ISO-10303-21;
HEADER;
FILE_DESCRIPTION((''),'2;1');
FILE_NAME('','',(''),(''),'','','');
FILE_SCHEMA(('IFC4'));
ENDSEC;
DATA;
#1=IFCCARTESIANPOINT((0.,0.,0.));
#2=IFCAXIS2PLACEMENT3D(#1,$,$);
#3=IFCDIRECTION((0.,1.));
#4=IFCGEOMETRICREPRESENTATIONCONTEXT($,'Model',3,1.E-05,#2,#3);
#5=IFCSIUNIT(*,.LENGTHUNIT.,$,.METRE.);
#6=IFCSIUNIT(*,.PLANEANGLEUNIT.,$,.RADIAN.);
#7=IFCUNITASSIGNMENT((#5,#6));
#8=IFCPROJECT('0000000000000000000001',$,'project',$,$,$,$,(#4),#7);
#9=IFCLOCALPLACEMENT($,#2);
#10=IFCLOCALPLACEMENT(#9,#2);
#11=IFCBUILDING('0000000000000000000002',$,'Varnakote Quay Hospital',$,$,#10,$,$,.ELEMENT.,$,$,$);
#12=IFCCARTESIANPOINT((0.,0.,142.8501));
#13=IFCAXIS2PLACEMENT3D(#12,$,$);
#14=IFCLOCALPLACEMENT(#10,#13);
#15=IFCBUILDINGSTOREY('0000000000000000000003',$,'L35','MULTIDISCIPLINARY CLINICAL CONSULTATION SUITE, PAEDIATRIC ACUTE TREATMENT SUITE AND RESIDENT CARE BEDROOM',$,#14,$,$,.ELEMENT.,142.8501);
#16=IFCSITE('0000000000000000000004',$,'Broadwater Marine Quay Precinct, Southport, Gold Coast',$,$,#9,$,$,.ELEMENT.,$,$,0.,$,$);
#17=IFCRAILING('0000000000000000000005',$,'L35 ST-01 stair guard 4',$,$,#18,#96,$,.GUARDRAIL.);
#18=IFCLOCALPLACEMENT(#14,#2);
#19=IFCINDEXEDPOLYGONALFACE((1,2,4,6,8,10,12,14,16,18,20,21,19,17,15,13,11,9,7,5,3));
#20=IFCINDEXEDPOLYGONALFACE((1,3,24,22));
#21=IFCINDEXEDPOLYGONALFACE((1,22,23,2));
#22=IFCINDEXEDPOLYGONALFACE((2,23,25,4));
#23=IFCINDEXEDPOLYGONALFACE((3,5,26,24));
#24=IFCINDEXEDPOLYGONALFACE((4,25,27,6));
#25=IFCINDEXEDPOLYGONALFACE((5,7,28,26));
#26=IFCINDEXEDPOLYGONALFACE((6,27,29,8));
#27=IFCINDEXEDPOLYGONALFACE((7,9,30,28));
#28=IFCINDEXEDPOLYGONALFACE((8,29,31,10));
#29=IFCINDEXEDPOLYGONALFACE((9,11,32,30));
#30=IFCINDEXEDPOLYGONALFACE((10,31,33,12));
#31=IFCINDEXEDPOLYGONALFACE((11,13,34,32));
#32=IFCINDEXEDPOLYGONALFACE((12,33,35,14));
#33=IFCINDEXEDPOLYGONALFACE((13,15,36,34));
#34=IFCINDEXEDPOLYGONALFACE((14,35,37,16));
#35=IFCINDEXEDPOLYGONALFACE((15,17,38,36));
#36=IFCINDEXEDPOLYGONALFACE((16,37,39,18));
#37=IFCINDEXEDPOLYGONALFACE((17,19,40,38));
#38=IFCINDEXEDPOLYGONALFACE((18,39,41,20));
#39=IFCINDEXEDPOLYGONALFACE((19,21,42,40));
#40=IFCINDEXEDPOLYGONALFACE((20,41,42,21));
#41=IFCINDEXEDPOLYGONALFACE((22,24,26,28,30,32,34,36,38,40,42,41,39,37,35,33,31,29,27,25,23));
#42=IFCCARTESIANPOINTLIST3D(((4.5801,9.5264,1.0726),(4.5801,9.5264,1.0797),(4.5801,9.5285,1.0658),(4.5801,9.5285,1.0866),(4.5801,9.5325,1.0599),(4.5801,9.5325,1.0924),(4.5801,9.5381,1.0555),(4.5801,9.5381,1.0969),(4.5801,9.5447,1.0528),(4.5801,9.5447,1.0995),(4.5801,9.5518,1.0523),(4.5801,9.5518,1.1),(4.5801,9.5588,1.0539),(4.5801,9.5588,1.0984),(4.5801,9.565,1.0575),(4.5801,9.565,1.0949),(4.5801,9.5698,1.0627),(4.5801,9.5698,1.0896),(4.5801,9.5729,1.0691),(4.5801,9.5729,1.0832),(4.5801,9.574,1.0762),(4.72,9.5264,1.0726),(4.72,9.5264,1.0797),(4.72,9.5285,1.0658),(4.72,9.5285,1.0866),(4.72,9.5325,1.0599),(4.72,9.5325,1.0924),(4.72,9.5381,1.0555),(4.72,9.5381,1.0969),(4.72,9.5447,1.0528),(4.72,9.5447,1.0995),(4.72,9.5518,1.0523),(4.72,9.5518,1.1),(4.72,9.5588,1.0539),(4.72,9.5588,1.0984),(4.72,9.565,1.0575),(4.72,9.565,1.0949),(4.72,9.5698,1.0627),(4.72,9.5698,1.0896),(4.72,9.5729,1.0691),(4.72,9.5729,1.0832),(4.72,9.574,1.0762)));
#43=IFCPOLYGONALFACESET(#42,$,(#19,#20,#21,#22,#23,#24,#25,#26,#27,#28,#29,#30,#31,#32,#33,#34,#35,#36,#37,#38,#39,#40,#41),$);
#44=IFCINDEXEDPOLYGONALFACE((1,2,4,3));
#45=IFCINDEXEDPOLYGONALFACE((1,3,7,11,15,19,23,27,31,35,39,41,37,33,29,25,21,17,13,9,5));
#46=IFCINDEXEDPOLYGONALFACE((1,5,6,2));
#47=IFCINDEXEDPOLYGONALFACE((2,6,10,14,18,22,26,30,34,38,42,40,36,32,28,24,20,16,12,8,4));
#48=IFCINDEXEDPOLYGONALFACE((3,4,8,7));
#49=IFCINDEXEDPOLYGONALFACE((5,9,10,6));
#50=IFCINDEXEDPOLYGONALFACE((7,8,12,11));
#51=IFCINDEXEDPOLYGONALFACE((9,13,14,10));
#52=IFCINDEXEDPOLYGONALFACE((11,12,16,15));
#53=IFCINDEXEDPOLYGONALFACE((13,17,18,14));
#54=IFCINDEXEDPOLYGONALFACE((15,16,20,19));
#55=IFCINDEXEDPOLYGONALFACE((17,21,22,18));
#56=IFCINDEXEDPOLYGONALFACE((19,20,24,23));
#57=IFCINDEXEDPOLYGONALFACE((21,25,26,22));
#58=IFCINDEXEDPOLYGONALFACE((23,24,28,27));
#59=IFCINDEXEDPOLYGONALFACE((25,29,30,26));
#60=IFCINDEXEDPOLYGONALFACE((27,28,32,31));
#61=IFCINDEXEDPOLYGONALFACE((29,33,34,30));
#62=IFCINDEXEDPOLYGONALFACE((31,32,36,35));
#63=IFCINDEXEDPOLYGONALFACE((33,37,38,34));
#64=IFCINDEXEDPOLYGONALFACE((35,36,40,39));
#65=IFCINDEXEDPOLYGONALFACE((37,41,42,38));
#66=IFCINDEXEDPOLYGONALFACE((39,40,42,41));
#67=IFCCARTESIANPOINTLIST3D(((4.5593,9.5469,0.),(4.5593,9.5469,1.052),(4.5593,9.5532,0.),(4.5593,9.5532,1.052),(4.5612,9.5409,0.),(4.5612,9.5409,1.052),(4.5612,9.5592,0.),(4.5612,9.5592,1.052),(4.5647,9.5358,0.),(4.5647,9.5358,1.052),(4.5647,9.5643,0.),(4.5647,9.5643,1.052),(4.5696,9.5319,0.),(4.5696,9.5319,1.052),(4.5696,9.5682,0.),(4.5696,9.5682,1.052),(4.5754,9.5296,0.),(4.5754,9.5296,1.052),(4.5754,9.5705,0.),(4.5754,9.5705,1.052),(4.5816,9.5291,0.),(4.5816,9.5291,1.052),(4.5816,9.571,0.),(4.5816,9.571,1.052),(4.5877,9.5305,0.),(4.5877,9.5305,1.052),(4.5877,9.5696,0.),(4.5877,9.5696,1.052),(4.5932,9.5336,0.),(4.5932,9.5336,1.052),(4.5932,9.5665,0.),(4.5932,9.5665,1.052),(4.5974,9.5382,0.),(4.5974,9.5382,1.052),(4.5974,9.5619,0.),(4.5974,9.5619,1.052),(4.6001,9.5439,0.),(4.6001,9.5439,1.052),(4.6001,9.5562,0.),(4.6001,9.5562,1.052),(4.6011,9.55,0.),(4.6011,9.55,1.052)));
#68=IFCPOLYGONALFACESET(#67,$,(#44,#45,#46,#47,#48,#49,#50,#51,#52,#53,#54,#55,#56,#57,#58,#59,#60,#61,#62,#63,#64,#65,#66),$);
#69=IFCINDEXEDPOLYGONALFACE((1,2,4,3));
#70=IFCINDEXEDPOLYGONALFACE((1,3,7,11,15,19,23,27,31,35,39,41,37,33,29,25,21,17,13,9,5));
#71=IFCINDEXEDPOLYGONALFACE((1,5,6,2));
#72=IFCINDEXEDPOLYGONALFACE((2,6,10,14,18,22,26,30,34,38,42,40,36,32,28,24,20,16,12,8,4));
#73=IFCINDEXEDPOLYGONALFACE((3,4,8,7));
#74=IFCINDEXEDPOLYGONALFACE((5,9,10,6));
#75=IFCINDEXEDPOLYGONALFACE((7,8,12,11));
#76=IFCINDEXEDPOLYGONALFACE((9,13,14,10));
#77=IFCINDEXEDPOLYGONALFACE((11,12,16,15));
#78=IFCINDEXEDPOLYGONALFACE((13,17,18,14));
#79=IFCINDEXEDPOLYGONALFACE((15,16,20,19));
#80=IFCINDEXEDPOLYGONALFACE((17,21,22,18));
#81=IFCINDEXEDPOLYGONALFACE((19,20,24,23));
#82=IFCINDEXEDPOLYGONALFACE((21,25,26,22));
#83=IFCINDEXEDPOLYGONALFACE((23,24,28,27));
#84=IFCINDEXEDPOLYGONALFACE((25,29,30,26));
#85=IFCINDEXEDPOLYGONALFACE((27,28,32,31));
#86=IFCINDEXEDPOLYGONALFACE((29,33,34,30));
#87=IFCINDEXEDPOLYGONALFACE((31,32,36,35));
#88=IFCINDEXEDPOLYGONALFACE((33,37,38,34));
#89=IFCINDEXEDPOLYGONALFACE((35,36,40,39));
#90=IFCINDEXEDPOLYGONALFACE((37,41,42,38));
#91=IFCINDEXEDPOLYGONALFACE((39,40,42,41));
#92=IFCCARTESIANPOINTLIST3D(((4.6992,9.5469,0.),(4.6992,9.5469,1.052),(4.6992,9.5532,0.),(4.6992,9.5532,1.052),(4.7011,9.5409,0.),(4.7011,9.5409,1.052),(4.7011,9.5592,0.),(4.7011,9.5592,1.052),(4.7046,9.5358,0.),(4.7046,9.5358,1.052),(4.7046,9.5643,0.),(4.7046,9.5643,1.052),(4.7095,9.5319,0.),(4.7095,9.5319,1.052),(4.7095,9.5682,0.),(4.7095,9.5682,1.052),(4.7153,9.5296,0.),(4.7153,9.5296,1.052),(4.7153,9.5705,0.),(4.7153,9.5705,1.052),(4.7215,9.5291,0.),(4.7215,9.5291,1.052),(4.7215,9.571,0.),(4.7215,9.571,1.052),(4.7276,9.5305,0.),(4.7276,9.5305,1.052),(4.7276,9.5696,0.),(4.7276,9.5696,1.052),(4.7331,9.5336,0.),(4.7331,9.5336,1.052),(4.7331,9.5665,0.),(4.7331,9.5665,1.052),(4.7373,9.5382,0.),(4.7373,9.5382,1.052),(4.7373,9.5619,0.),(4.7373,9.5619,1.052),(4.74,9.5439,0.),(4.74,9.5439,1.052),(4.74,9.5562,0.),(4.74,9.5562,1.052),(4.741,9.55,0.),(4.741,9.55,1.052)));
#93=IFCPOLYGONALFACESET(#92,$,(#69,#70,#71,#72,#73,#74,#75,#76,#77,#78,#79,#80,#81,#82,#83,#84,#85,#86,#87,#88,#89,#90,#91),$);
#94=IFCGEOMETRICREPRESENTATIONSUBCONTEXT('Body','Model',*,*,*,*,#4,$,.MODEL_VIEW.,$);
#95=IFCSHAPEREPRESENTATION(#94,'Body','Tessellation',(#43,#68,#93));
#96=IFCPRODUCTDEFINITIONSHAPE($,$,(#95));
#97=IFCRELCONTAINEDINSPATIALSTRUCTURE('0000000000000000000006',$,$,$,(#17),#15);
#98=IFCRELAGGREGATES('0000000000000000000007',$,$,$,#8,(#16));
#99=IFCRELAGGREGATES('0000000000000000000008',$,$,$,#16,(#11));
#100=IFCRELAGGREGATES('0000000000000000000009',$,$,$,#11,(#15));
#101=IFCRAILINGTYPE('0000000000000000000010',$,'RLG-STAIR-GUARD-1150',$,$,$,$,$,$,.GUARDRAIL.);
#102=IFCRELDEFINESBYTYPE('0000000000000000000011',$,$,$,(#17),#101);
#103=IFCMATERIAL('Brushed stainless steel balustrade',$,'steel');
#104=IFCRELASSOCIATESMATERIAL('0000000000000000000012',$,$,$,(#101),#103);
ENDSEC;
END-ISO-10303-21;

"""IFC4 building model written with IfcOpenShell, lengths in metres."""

from ifc_helpers import new_model, si_unit, direction, frame, origin, origin_2d, place, context, subcontext, project, spatial, circle, extrude, material, type_object, element, save


model = new_model("IFC4")

# Units and contexts
model_context = context("Model", 3, precision=1e-05, world=origin(), true_north=direction((0.0, 1.0)))
body_context = subcontext(model_context, "Body", "Model", "MODEL_VIEW")
ifc_project = project(units=[si_unit("LENGTHUNIT", "METRE"), si_unit("PLANEANGLEUNIT", "RADIAN")], contexts=[model_context])

# Site, building, storey
site_placement = place(None, origin())
site = spatial("IfcSite", under=ifc_project, at=site_placement, Name="Broadwater Marine Quay Precinct, Southport, Gold Coast", CompositionType="ELEMENT", RefElevation=0.0)
building_placement = place(site_placement, origin())
building = spatial("IfcBuilding", under=site, at=building_placement, Name="Varnakote Quay Hospital", CompositionType="ELEMENT")
storey_placement = place(building_placement, frame((0.0, 0.0, 142.8501)))
storey = spatial("IfcBuildingStorey", under=building, at=storey_placement, Name="L35", Description="MULTIDISCIPLINARY CLINICAL CONSULTATION SUITE, PAEDIATRIC ACUTE TREATMENT SUITE AND RESIDENT CARE BEDROOM", CompositionType="ELEMENT", Elevation=142.8501)

# Railing
ifc_material_1 = material(Name="Brushed stainless steel balustrade", Category="steel")
railing_type_1 = type_object("IfcRailingType", Name="RLG-STAIR-GUARD-1150", PredefinedType="GUARDRAIL", material=ifc_material_1)
railing_1_placement = place(storey_placement, frame((4.5801, 9.55, 0.0)))
element("IfcRailing", 1, at=railing_1_placement, inside=storey, type_object=railing_type_1, Name="L35 ST-01 stair guard 4", PredefinedType="GUARDRAIL", context=body_context, shape_type="SweptSolid", body=[
    extrude(circle(Radius=0.0239, at=origin_2d()), frame((0.0, 0.0, 1.0762), z_axis=(1.0, 0.0, 0.0), x_axis=(0.0, 1.0, 0.0)), (0.0, 0.0, 1.0), 0.1399),
    extrude(circle(Radius=0.021, at=origin_2d()), origin(), (0.0, 0.0, 1.0), 1.052),
    extrude(circle(Radius=0.021, at=origin_2d()), frame((0.1399, 0.0, 0.0)), (0.0, 0.0, 1.0), 1.052),
])

save(model, "model.ifc")
